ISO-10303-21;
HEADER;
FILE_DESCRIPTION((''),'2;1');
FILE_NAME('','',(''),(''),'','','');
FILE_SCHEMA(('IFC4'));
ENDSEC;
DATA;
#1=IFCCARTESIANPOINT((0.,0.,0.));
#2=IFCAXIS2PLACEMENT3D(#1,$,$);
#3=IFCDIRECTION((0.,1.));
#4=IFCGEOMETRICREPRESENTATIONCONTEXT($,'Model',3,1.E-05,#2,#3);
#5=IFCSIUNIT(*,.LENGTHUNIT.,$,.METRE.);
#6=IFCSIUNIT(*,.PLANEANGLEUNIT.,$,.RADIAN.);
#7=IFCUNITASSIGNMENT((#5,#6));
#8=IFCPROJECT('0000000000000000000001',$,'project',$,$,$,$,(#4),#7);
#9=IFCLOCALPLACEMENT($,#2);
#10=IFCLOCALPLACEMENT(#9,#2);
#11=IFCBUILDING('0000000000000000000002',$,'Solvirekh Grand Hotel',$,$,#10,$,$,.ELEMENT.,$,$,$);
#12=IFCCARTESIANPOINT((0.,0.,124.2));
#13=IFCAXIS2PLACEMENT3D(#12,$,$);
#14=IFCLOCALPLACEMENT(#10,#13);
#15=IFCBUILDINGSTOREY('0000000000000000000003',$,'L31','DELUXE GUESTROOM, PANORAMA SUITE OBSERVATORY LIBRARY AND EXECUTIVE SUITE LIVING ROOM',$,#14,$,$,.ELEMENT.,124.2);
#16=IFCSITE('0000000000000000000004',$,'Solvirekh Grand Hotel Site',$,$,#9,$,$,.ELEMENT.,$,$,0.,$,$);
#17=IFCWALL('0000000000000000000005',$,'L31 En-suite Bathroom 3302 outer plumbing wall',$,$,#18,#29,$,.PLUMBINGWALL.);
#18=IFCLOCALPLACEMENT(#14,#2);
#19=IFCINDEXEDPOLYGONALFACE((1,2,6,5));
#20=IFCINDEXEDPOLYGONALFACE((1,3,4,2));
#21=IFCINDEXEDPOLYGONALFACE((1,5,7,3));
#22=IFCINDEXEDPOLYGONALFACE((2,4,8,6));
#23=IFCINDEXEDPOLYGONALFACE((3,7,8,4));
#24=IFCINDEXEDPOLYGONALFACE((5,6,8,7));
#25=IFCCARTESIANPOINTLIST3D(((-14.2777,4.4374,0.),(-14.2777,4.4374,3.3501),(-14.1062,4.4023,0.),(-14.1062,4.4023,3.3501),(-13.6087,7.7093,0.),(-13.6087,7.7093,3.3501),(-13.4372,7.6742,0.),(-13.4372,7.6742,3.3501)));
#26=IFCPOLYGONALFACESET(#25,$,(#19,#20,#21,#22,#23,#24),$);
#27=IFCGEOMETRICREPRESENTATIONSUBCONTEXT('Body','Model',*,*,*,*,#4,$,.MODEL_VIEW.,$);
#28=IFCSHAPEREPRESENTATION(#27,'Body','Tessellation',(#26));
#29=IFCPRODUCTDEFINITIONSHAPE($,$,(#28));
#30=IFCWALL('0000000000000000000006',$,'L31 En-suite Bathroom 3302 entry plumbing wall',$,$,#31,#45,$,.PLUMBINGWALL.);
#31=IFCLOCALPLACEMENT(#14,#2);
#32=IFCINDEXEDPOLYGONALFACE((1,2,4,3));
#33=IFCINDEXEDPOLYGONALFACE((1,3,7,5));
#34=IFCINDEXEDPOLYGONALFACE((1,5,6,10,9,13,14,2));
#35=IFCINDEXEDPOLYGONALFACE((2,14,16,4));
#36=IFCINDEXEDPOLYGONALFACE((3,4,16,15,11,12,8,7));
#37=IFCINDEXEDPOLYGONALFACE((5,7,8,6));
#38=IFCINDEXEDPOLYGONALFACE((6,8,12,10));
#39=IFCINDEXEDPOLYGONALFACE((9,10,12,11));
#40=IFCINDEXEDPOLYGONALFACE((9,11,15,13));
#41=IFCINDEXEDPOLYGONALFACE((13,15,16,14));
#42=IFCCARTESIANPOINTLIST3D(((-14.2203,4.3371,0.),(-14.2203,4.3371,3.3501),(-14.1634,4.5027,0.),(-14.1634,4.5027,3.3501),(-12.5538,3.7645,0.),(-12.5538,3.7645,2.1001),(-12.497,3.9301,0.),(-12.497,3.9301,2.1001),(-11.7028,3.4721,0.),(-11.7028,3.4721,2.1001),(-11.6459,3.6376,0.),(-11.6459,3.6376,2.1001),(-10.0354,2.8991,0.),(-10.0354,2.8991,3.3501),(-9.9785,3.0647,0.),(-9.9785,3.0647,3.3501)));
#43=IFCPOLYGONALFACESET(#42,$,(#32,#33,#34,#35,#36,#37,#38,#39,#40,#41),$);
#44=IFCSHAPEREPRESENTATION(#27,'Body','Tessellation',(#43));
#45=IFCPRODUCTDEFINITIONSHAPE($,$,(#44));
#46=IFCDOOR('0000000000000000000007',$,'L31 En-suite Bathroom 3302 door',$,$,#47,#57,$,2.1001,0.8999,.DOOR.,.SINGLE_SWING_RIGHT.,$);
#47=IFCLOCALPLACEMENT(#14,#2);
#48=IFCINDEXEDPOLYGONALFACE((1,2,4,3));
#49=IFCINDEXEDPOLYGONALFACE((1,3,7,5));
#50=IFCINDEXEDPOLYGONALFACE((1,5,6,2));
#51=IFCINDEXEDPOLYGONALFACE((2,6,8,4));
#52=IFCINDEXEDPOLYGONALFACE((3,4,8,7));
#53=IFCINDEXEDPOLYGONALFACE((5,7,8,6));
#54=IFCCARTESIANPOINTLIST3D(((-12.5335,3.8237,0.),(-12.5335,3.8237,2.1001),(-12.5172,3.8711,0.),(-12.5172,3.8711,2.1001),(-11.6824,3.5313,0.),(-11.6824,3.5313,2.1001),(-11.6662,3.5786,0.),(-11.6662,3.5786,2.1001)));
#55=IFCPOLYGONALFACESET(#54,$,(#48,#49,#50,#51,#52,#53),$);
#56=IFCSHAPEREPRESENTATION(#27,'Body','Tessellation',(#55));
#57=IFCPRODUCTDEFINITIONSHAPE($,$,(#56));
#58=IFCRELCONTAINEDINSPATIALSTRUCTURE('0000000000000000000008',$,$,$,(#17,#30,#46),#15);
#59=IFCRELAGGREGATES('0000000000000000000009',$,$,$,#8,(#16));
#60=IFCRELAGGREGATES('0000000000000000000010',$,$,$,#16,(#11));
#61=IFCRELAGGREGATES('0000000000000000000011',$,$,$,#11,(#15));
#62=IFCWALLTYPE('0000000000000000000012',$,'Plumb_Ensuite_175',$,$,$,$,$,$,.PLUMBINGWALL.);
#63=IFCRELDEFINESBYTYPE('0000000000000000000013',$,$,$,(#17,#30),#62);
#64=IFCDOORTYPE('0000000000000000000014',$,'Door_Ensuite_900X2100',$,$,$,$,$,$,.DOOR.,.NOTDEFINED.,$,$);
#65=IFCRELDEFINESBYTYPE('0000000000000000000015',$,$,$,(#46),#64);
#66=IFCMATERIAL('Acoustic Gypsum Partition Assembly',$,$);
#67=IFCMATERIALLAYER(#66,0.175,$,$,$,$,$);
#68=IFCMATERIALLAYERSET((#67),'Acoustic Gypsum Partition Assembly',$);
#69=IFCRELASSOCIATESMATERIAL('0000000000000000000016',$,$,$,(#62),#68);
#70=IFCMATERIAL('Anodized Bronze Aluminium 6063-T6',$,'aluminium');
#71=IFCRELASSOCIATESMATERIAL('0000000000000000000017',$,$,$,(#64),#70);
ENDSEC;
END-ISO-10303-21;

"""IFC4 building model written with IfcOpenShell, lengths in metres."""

from ifc_helpers import new_model, si_unit, direction, frame, frame_2d, origin, place, context, subcontext, project, spatial, rectangle, extrude, material, layer, layer_set, type_object, element, fill, save


model = new_model("IFC4")

# Units and contexts
model_context = context("Model", 3, precision=1e-05, world=origin(), true_north=direction((0.0, 1.0)))
body_context = subcontext(model_context, "Body", "Model", "MODEL_VIEW")
ifc_project = project(units=[si_unit("LENGTHUNIT", "METRE"), si_unit("PLANEANGLEUNIT", "RADIAN")], contexts=[model_context])

# Site, building, storey
site_placement = place(None, origin())
site = spatial("IfcSite", under=ifc_project, at=site_placement, Name="Solvirekh Grand Hotel Site", CompositionType="ELEMENT", RefElevation=0.0)
building_placement = place(site_placement, origin())
building = spatial("IfcBuilding", under=site, at=building_placement, Name="Solvirekh Grand Hotel", CompositionType="ELEMENT")
storey_placement = place(building_placement, frame((0.0, 0.0, 124.2)))
storey = spatial("IfcBuildingStorey", under=building, at=storey_placement, Name="L31", Description="DELUXE GUESTROOM, PANORAMA SUITE OBSERVATORY LIBRARY AND EXECUTIVE SUITE LIVING ROOM", CompositionType="ELEMENT", Elevation=124.2)

# Shared definitions
ifc_material_1 = material(Name="Anodized Bronze Aluminium 6063-T6", Category="aluminium")

# Shared definitions
ifc_material_2 = material(Name="Acoustic Gypsum Partition Assembly")

# Wall
ifc_layer_1 = layer(ifc_material_2, 0.175)
ifc_layer_set_1 = layer_set([ifc_layer_1], Name="Acoustic Gypsum Partition Assembly")
wall_type_1 = type_object("IfcWallType", Name="Plumb_Ensuite_175", PredefinedType="PLUMBINGWALL", material=ifc_layer_set_1)
wall_1_placement = place(storey_placement, frame((-13.5229, 7.6919, 0.0), z_axis=(0.0, 0.0, 1.0), x_axis=(-0.200304, -0.979734, 0.0)))
element("IfcWall", 1, at=wall_1_placement, inside=storey, type_object=wall_type_1, Name="L31 En-suite Bathroom 3302 outer plumbing wall", PredefinedType="PLUMBINGWALL", context=body_context, shape_type="SweptSolid", body=[
    extrude(rectangle(XDim=3.3396, YDim=0.175, at=frame_2d((1.6699, 0.0))), origin(), (0.0, 0.0, 1.0), 3.3501),
])

# Wall, opening, door
wall_2_placement = place(storey_placement, frame((-10.0071, 2.9819, 0.0), z_axis=(0.0, 0.0, 1.0), x_axis=(-0.945724, 0.32497, 0.0)))
wall_2 = element("IfcWall", 2, at=wall_2_placement, inside=storey, type_object=wall_type_1, Name="L31 En-suite Bathroom 3302 entry plumbing wall", PredefinedType="PLUMBINGWALL", context=body_context, shape_type="SweptSolid", body=[
    extrude(rectangle(XDim=4.425, YDim=0.175, at=frame_2d((2.2124, 0.0))), origin(), (0.0, 0.0, 1.0), 3.3501),
])
opening_1_placement = place(wall_2_placement, frame((1.7629, 0.0, 0.0)))
opening_1 = element("IfcOpeningElement", 3, at=opening_1_placement, cuts=wall_2, PredefinedType="OPENING", context=body_context, shape_type="SweptSolid", body=[
    extrude(rectangle(XDim=0.8999, YDim=2.1001, at=frame_2d((0.45, 1.05))), frame((0.0, 0.0977, 0.0), z_axis=(0.0, -1.0, 0.0), x_axis=(1.0, 0.0, 0.0)), (0.0, 0.0, 1.0), 0.1951),
])
door_type_1 = type_object("IfcDoorType", Name="Door_Ensuite_900X2100", OperationType="NOTDEFINED", PredefinedType="DOOR", material=ifc_material_1)
door_1_placement = place(opening_1_placement, origin())
door_1 = element("IfcDoor", 4, at=door_1_placement, inside=storey, type_object=door_type_1, Name="L31 En-suite Bathroom 3302 door", OperationType="SINGLE_SWING_RIGHT", OverallHeight=2.1001, OverallWidth=0.8999, PredefinedType="DOOR", context=body_context, shape_type="SweptSolid", body=[
    extrude(rectangle(XDim=0.8999, YDim=2.1001, at=frame_2d((0.45, 1.05))), frame((0.0, 0.0249, 0.0), z_axis=(0.0, -1.0, 0.0), x_axis=(1.0, 0.0, 0.0)), (0.0, 0.0, 1.0), 0.05),
])
fill(opening_1, door_1)

save(model, "model.ifc")
